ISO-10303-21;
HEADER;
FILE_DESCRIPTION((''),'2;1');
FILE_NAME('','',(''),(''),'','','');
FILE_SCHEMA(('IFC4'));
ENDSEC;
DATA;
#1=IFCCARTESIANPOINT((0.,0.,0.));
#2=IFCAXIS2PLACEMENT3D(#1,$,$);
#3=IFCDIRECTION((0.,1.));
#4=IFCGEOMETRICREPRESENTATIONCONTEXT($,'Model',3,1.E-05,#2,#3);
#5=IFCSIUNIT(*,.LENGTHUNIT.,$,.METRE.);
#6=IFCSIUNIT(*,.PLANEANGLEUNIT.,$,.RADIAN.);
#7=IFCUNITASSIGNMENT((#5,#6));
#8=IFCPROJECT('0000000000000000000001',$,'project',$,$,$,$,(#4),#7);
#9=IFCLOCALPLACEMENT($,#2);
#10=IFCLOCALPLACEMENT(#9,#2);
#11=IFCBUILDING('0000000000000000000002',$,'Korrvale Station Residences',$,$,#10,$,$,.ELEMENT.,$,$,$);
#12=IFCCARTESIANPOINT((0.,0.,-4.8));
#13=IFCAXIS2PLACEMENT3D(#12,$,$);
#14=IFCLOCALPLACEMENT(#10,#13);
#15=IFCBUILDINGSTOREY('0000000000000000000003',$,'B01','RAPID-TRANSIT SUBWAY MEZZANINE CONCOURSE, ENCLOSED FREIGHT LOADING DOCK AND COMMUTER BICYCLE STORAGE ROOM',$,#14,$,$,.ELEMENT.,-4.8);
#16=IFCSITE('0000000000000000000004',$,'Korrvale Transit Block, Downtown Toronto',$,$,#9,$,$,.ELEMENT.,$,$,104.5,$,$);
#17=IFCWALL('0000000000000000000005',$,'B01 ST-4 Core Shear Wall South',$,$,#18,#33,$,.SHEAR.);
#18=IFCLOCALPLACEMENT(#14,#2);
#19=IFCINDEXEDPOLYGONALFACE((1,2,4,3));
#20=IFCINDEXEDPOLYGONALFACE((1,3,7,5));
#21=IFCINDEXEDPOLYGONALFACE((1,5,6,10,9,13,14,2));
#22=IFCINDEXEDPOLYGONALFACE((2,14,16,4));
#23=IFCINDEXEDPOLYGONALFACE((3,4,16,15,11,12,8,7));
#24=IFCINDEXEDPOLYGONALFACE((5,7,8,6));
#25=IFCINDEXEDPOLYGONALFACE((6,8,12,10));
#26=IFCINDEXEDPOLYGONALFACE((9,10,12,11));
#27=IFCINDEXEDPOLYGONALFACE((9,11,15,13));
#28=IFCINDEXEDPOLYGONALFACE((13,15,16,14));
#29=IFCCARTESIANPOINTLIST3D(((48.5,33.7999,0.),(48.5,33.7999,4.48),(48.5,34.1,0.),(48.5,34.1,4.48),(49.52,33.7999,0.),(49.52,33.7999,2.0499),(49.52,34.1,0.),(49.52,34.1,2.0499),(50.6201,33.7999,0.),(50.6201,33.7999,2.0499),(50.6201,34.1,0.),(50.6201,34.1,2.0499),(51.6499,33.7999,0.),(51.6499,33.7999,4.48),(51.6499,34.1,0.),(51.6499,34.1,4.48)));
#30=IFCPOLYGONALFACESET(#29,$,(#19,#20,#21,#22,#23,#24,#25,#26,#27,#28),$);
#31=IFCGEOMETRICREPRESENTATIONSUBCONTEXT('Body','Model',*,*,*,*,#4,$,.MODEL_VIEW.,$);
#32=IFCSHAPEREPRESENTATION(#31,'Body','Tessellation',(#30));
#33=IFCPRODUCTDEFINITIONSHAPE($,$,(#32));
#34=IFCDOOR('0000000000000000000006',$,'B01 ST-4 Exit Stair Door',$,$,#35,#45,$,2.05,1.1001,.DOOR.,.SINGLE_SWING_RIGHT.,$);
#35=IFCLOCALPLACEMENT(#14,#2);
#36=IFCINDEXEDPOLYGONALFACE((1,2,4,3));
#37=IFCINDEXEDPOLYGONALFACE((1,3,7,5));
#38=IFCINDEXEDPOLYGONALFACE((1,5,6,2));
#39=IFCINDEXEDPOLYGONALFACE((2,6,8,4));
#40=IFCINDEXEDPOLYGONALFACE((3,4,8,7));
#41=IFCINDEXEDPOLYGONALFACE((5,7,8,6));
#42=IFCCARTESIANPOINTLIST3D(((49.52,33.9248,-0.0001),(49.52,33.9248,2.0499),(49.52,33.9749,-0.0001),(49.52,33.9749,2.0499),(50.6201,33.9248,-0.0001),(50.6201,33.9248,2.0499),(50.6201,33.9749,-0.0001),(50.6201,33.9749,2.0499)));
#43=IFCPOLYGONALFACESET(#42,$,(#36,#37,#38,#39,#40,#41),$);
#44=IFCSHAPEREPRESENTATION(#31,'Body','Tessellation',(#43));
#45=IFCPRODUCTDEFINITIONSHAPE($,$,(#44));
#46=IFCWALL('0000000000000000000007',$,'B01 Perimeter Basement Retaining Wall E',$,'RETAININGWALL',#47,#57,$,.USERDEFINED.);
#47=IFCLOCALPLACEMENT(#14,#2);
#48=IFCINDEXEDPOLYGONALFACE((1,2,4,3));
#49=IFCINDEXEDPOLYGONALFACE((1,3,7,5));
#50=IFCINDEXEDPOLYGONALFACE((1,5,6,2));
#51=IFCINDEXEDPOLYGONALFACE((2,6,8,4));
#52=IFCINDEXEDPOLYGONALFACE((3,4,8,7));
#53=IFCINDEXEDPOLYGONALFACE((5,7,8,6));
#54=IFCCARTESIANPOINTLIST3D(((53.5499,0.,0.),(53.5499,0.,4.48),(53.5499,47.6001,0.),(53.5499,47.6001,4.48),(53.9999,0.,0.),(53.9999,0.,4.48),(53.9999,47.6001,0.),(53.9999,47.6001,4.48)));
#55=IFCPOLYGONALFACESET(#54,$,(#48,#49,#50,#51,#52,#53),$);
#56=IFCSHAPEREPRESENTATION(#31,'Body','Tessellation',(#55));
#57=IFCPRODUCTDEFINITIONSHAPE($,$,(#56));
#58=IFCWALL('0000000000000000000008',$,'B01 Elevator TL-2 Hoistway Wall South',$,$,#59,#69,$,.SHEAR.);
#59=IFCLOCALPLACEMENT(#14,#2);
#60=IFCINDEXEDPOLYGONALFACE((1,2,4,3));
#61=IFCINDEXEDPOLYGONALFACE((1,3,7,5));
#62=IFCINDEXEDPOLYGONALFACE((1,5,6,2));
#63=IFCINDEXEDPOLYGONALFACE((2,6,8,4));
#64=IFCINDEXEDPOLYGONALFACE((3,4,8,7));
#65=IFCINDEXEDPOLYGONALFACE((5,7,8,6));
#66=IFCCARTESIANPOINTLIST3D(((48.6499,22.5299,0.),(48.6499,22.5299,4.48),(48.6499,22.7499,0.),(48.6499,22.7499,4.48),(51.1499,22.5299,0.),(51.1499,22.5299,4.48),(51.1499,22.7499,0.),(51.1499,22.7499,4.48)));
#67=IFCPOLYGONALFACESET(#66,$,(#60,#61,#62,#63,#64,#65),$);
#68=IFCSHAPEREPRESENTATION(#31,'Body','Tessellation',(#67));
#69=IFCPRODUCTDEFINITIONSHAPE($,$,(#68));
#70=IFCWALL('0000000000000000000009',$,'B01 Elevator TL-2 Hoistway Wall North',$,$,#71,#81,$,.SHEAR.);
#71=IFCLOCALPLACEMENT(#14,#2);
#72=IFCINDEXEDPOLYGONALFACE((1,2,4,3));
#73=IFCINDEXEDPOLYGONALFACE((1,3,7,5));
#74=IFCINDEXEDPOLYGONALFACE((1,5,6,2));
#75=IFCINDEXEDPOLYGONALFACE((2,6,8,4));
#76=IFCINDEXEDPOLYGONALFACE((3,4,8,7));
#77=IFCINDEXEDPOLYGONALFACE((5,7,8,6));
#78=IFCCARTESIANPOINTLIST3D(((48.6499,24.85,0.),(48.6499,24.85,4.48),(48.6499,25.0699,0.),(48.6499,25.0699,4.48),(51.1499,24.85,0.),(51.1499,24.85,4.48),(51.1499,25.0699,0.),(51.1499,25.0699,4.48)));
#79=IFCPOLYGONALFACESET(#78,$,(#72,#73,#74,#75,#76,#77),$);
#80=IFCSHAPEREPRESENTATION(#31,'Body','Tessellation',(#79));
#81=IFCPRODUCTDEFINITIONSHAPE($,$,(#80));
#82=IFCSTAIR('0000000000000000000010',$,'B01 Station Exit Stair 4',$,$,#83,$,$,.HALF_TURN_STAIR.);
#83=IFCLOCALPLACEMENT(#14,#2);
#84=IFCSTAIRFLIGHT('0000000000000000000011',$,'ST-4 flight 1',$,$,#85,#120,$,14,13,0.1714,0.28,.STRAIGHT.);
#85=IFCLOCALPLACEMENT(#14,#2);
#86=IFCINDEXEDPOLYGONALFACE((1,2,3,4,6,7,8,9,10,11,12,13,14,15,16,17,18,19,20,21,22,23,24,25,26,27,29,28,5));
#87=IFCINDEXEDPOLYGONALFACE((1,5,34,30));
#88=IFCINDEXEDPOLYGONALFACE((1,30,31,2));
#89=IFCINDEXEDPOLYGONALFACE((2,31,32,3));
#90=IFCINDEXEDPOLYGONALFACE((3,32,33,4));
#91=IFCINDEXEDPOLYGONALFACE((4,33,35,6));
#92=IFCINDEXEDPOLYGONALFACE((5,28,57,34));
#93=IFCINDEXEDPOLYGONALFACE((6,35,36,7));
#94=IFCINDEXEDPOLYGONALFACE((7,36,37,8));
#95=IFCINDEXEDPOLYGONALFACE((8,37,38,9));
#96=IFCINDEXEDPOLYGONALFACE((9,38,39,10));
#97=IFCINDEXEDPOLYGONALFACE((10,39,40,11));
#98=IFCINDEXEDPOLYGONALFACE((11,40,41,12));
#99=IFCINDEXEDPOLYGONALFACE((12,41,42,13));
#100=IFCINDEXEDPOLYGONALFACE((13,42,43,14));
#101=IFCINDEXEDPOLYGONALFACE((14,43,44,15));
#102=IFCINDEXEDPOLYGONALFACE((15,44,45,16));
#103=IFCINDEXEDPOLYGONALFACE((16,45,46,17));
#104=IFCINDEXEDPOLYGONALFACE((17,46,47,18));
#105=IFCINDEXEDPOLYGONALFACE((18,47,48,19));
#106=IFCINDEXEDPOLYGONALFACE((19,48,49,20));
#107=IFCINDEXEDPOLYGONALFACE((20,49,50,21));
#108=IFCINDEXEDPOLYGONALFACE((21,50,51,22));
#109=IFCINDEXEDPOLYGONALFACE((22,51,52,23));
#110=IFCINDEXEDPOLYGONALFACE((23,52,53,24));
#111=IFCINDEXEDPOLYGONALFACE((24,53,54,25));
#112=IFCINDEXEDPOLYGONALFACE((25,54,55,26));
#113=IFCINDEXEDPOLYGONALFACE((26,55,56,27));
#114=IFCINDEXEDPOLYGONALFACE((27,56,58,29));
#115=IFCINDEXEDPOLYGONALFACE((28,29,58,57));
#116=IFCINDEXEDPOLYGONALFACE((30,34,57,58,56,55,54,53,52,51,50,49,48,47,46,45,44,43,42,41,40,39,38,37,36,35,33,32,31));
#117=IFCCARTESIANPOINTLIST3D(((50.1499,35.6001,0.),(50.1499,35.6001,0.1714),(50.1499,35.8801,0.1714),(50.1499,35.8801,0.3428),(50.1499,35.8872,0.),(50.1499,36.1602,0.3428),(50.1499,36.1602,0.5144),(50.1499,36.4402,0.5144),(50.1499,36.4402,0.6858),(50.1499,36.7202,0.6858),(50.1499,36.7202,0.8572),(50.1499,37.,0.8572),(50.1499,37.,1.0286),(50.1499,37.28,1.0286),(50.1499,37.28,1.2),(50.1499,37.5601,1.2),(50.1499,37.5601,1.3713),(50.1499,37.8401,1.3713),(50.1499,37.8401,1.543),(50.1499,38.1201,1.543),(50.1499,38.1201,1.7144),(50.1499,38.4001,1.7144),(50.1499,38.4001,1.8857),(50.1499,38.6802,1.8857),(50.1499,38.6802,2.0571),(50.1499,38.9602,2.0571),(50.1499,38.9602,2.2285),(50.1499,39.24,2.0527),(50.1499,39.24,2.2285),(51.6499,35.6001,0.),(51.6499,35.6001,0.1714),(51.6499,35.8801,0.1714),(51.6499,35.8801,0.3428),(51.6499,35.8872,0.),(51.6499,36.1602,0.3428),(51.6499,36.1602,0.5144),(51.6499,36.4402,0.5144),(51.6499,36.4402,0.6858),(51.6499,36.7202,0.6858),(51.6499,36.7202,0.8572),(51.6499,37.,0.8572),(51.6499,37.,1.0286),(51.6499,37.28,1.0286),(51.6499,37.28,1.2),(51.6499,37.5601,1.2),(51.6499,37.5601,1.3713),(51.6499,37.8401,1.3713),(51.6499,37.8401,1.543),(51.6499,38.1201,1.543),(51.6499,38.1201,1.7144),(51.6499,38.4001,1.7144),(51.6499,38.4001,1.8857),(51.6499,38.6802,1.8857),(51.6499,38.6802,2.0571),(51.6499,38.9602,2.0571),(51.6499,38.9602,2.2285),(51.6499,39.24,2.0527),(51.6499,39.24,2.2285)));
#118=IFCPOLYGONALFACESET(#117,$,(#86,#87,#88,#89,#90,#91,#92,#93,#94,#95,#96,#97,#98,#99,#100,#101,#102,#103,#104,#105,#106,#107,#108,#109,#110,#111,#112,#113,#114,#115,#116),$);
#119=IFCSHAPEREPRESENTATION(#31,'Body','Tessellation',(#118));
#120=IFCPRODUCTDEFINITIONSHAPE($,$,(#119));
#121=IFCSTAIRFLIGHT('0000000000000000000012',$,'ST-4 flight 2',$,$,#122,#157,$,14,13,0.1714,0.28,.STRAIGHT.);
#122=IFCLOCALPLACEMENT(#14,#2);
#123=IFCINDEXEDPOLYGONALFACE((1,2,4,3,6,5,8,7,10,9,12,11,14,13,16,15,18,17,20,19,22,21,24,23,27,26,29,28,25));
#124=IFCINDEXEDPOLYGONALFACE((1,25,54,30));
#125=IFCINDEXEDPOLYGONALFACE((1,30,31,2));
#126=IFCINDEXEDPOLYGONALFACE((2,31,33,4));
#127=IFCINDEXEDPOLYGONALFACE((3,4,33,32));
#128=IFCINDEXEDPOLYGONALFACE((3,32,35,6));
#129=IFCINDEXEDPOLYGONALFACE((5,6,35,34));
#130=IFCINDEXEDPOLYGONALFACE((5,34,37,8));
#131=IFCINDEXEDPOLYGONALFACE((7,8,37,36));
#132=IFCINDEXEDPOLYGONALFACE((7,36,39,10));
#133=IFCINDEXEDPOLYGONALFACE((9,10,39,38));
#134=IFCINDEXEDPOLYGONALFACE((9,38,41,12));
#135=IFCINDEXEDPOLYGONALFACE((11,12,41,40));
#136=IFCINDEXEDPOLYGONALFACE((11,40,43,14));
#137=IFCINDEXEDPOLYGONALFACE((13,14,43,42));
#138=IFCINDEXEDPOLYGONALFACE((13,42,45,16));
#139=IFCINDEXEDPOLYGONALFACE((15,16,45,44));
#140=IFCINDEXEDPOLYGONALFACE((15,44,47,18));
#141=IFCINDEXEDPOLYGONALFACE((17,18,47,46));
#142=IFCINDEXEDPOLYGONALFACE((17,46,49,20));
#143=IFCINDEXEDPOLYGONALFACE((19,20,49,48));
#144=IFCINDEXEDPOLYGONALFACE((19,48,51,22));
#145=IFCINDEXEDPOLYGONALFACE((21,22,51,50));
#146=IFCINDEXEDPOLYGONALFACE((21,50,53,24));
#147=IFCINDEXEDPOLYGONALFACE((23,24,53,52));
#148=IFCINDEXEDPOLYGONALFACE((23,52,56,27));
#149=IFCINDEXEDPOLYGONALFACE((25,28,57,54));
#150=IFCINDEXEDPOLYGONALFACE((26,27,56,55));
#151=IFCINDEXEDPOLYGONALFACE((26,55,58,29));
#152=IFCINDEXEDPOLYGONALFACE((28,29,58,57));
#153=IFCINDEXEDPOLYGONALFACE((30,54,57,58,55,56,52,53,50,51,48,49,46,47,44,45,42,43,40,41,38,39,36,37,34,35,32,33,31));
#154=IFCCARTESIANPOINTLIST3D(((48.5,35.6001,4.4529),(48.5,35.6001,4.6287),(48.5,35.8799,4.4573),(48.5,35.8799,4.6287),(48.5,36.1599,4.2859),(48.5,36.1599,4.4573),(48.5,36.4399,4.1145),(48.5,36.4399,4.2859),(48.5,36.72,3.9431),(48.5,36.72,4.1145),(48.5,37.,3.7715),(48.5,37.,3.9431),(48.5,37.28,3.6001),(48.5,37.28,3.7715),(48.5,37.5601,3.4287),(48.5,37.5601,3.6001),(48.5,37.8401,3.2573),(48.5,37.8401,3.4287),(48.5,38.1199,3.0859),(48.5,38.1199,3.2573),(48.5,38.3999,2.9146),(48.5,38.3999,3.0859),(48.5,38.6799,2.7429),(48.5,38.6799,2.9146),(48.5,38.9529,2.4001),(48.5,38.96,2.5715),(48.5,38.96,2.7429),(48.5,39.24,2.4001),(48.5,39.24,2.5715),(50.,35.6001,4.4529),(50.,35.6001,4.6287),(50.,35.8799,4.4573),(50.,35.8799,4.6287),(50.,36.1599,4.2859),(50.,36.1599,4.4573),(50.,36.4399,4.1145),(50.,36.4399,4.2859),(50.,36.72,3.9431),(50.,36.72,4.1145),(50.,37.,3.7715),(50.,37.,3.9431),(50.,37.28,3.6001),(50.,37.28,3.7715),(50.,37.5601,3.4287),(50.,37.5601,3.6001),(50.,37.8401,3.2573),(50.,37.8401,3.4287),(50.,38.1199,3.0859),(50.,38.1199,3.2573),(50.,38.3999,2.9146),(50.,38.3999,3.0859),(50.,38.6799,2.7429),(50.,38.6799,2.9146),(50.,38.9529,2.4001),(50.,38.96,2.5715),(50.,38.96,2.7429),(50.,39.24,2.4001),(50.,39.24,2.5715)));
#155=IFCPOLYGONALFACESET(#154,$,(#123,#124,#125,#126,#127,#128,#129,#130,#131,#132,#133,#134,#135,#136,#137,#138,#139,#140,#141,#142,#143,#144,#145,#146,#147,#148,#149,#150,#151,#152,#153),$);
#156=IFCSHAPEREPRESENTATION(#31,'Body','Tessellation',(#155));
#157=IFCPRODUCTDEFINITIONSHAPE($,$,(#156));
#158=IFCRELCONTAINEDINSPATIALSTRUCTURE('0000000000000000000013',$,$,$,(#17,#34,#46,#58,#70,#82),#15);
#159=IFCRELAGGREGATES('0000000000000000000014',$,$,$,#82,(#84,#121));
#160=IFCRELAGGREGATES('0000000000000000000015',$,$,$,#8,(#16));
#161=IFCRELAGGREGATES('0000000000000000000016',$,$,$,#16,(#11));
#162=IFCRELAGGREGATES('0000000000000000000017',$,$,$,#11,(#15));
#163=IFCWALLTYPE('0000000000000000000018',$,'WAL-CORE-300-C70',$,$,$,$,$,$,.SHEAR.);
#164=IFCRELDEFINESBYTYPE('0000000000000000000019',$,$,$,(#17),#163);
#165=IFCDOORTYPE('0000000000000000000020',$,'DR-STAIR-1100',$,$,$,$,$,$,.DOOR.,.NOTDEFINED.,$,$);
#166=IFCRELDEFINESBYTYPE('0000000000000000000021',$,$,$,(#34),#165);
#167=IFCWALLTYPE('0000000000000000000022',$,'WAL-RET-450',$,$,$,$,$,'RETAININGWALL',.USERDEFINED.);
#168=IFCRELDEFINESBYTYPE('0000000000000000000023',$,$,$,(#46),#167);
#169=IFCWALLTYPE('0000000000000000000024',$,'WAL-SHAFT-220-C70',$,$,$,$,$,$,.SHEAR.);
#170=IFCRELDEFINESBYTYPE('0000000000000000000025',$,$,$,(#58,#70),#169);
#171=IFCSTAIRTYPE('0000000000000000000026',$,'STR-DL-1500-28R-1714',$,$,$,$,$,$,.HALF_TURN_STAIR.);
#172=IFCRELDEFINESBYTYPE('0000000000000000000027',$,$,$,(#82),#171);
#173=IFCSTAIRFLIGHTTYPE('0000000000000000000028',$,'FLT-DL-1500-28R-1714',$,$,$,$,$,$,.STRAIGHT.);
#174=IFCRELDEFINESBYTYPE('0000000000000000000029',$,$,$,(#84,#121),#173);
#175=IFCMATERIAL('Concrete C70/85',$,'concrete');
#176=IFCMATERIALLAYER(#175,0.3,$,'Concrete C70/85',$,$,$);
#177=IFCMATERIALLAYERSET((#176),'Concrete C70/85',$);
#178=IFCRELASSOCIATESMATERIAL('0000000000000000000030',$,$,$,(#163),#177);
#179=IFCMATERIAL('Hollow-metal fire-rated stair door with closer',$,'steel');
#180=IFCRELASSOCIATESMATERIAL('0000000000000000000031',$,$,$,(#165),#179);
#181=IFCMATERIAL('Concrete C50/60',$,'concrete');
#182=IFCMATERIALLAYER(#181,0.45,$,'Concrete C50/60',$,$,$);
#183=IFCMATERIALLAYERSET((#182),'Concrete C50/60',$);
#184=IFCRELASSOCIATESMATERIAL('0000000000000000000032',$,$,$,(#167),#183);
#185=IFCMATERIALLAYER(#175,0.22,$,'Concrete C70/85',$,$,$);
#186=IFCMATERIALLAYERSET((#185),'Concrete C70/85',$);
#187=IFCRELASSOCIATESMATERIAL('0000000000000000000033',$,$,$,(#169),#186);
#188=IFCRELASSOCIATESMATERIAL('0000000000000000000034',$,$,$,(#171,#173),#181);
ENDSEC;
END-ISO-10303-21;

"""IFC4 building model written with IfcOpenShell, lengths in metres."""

from ifc_helpers import new_model, si_unit, direction, frame, frame_2d, origin, place, context, subcontext, project, spatial, polyline, rectangle, outline, extrude, material, layer, layer_set, type_object, element, fill, aggregate, save


model = new_model("IFC4")

# Units and contexts
model_context = context("Model", 3, precision=1e-05, world=origin(), true_north=direction((0.0, 1.0)))
body_context = subcontext(model_context, "Body", "Model", "MODEL_VIEW")
ifc_project = project(units=[si_unit("LENGTHUNIT", "METRE"), si_unit("PLANEANGLEUNIT", "RADIAN")], contexts=[model_context])

# Site, building, storey
site_placement = place(None, origin())
site = spatial("IfcSite", under=ifc_project, at=site_placement, Name="Korrvale Transit Block, Downtown Toronto", CompositionType="ELEMENT", RefElevation=104.5)
building_placement = place(site_placement, origin())
building = spatial("IfcBuilding", under=site, at=building_placement, Name="Korrvale Station Residences", CompositionType="ELEMENT")
storey_placement = place(building_placement, frame((0.0, 0.0, -4.8)))
storey = spatial("IfcBuildingStorey", under=building, at=storey_placement, Name="B01", Description="RAPID-TRANSIT SUBWAY MEZZANINE CONCOURSE, ENCLOSED FREIGHT LOADING DOCK AND COMMUTER BICYCLE STORAGE ROOM", CompositionType="ELEMENT", Elevation=-4.8)

# Shared definitions
ifc_material_1 = material(Name="Concrete C70/85", Category="concrete")
ifc_material_2 = material(Name="Concrete C50/60", Category="concrete")

# Shared definitions
ifc_layer_1 = layer(ifc_material_1, 0.3, Name="Concrete C70/85")
ifc_layer_set_1 = layer_set([ifc_layer_1], Name="Concrete C70/85")
wall_type_1 = type_object("IfcWallType", Name="WAL-CORE-300-C70", PredefinedType="SHEAR", material=ifc_layer_set_1)

# Wall, opening, door
wall_1_placement = place(storey_placement, frame((48.5, 33.95, 0.0), z_axis=(0.0, 0.0, 1.0), x_axis=(1.0, 0.0, 0.0)))
wall_1 = element("IfcWall", 1, at=wall_1_placement, inside=storey, type_object=wall_type_1, Name="B01 ST-4 Core Shear Wall South", PredefinedType="SHEAR", context=body_context, shape_type="SweptSolid", body=[
    extrude(rectangle(XDim=3.1499, YDim=0.3, at=frame_2d((1.575, 0.0))), origin(), (0.0, 0.0, 1.0), 4.48),
])
opening_placement = place(wall_1_placement, frame((1.02, 0.0, 0.0)))
opening = element("IfcOpeningElement", 2, at=opening_placement, cuts=wall_1, PredefinedType="OPENING", context=body_context, shape_type="SweptSolid", body=[
    extrude(rectangle(XDim=1.1001, YDim=2.05, at=frame_2d((0.55, 1.0249))), frame((0.0, 0.1602, 0.0), z_axis=(0.0, -1.0, 0.0), x_axis=(1.0, 0.0, 0.0)), (0.0, 0.0, 1.0), 0.3201),
])
ifc_material_3 = material(Name="Hollow-metal fire-rated stair door with closer", Category="steel")
door_type = type_object("IfcDoorType", Name="DR-STAIR-1100", OperationType="NOTDEFINED", PredefinedType="DOOR", material=ifc_material_3)
door_placement = place(opening_placement, origin())
door = element("IfcDoor", 3, at=door_placement, inside=storey, type_object=door_type, Name="B01 ST-4 Exit Stair Door", OperationType="SINGLE_SWING_RIGHT", OverallHeight=2.05, OverallWidth=1.1001, PredefinedType="DOOR", context=body_context, shape_type="SweptSolid", body=[
    extrude(rectangle(XDim=1.1001, YDim=2.05, at=frame_2d((0.55, 1.0249))), frame((0.0, 0.0249, 0.0), z_axis=(0.0, -1.0, 0.0), x_axis=(1.0, 0.0, 0.0)), (0.0, 0.0, 1.0), 0.05),
])
fill(opening, door)

# Walls
ifc_layer_2 = layer(ifc_material_2, 0.45, Name="Concrete C50/60")
ifc_layer_set_2 = layer_set([ifc_layer_2], Name="Concrete C50/60")
wall_type_2 = type_object("IfcWallType", Name="WAL-RET-450", ElementType="RETAININGWALL", PredefinedType="USERDEFINED", material=ifc_layer_set_2)
wall_2_placement = place(storey_placement, frame((53.7749, 47.6001, 0.0), z_axis=(0.0, 0.0, 1.0), x_axis=(0.0, -1.0, 0.0)))
element("IfcWall", 4, at=wall_2_placement, inside=storey, type_object=wall_type_2, Name="B01 Perimeter Basement Retaining Wall E", ObjectType="RETAININGWALL", PredefinedType="USERDEFINED", context=body_context, shape_type="SweptSolid", body=[
    extrude(rectangle(XDim=47.6001, YDim=0.45, at=frame_2d((23.8, 0.0))), origin(), (0.0, 0.0, 1.0), 4.48),
])
ifc_layer_3 = layer(ifc_material_1, 0.22, Name="Concrete C70/85")
ifc_layer_set_3 = layer_set([ifc_layer_3], Name="Concrete C70/85")
wall_type_3 = type_object("IfcWallType", Name="WAL-SHAFT-220-C70", PredefinedType="SHEAR", material=ifc_layer_set_3)
for number, where, z_axis, x_axis, name in (
    (5, (48.6499, 22.6399, 0.0), (0.0, 0.0, 1.0), (1.0, 0.0, 0.0), "B01 Elevator TL-2 Hoistway Wall South"),
    (6, (48.6499, 24.96, 0.0), (0.0, 0.0, 1.0), (1.0, 0.0, 0.0), "B01 Elevator TL-2 Hoistway Wall North"),
):
    element("IfcWall", number, at=place(storey_placement, frame(where, z_axis=z_axis, x_axis=x_axis)), inside=storey, type_object=wall_type_3, Name=name, PredefinedType="SHEAR", context=body_context, shape_type="SweptSolid", body=[
        extrude(rectangle(XDim=2.5, YDim=0.22, at=frame_2d((1.25, 0.0))), origin(), (0.0, 0.0, 1.0), 4.48),
    ])

# Stair, stair flights
stair_type = type_object("IfcStairType", Name="STR-DL-1500-28R-1714", PredefinedType="HALF_TURN_STAIR", material=ifc_material_2)
stair_placement = place(storey_placement, origin())
stair = element("IfcStair", 7, at=stair_placement, inside=storey, type_object=stair_type, Name="B01 Station Exit Stair 4", PredefinedType="HALF_TURN_STAIR")
stair_flight_type = type_object("IfcStairFlightType", Name="FLT-DL-1500-28R-1714", PredefinedType="STRAIGHT", material=ifc_material_2)
stair_flight_1_placement = place(storey_placement, frame((50.8999, 35.6001, 0.0), z_axis=(0.0, 0.0, 1.0), x_axis=(0.0, 1.0, 0.0)))
stair_flight_1 = element("IfcStairFlight", 8, at=stair_flight_1_placement, type_object=stair_flight_type, Name="ST-4 flight 1", NumberOfRisers=14, NumberOfTreads=13, PredefinedType="STRAIGHT", RiserHeight=0.1714, TreadLength=0.28, context=body_context, shape_type="SweptSolid", body=[
    extrude(outline(polyline([(0.0, 0.0), (0.0, 0.1714), (0.28, 0.1714), (0.28, 0.3428), (0.5601, 0.3428), (0.5601, 0.5144), (0.8401, 0.5144), (0.8401, 0.6858), (1.1201, 0.6858), (1.1201, 0.8572), (1.3999, 0.8572), (1.3999, 1.0286), (1.6799, 1.0286), (1.6799, 1.2), (1.96, 1.2), (1.96, 1.3713), (2.24, 1.3713), (2.24, 1.543), (2.52, 1.543), (2.52, 1.7144), (2.8, 1.7144), (2.8, 1.8857), (3.0801, 1.8857), (3.0801, 2.0571), (3.3601, 2.0571), (3.3601, 2.2285), (3.6399, 2.2285), (3.6399, 2.3999), (3.6399, 2.0527), (0.2871, 0.0), (0.0, 0.0)])), frame((0.0, 0.75, 0.0), z_axis=(0.0, -1.0, 0.0), x_axis=(1.0, 0.0, 0.0)), (0.0, 0.0, 1.0), 1.5),
])
stair_flight_2_placement = place(storey_placement, frame((49.25, 39.24, 2.4001), z_axis=(0.0, 0.0, 1.0), x_axis=(0.0, -1.0, 0.0)))
stair_flight_2 = element("IfcStairFlight", 9, at=stair_flight_2_placement, type_object=stair_flight_type, Name="ST-4 flight 2", NumberOfRisers=14, NumberOfTreads=13, PredefinedType="STRAIGHT", RiserHeight=0.1714, TreadLength=0.28, context=body_context, shape_type="SweptSolid", body=[
    extrude(outline(polyline([(0.0, 0.0), (0.0, 0.1714), (0.28, 0.1714), (0.28, 0.3428), (0.5601, 0.3428), (0.5601, 0.5144), (0.8401, 0.5144), (0.8401, 0.6858), (1.1201, 0.6858), (1.1201, 0.8572), (1.3999, 0.8572), (1.3999, 1.0286), (1.6799, 1.0286), (1.6799, 1.2), (1.96, 1.2), (1.96, 1.3713), (2.24, 1.3713), (2.24, 1.543), (2.52, 1.543), (2.52, 1.7144), (2.8, 1.7144), (2.8, 1.8857), (3.0801, 1.8857), (3.0801, 2.0571), (3.3601, 2.0571), (3.3601, 2.2285), (3.6399, 2.2285), (3.6399, 2.3999), (3.6399, 2.0527), (0.2871, 0.0), (0.0, 0.0)])), frame((0.0, 0.75, 0.0), z_axis=(0.0, -1.0, 0.0), x_axis=(1.0, 0.0, 0.0)), (0.0, 0.0, 1.0), 1.5),
])
aggregate(stair, [stair_flight_1, stair_flight_2])

save(model, "model.ifc")
